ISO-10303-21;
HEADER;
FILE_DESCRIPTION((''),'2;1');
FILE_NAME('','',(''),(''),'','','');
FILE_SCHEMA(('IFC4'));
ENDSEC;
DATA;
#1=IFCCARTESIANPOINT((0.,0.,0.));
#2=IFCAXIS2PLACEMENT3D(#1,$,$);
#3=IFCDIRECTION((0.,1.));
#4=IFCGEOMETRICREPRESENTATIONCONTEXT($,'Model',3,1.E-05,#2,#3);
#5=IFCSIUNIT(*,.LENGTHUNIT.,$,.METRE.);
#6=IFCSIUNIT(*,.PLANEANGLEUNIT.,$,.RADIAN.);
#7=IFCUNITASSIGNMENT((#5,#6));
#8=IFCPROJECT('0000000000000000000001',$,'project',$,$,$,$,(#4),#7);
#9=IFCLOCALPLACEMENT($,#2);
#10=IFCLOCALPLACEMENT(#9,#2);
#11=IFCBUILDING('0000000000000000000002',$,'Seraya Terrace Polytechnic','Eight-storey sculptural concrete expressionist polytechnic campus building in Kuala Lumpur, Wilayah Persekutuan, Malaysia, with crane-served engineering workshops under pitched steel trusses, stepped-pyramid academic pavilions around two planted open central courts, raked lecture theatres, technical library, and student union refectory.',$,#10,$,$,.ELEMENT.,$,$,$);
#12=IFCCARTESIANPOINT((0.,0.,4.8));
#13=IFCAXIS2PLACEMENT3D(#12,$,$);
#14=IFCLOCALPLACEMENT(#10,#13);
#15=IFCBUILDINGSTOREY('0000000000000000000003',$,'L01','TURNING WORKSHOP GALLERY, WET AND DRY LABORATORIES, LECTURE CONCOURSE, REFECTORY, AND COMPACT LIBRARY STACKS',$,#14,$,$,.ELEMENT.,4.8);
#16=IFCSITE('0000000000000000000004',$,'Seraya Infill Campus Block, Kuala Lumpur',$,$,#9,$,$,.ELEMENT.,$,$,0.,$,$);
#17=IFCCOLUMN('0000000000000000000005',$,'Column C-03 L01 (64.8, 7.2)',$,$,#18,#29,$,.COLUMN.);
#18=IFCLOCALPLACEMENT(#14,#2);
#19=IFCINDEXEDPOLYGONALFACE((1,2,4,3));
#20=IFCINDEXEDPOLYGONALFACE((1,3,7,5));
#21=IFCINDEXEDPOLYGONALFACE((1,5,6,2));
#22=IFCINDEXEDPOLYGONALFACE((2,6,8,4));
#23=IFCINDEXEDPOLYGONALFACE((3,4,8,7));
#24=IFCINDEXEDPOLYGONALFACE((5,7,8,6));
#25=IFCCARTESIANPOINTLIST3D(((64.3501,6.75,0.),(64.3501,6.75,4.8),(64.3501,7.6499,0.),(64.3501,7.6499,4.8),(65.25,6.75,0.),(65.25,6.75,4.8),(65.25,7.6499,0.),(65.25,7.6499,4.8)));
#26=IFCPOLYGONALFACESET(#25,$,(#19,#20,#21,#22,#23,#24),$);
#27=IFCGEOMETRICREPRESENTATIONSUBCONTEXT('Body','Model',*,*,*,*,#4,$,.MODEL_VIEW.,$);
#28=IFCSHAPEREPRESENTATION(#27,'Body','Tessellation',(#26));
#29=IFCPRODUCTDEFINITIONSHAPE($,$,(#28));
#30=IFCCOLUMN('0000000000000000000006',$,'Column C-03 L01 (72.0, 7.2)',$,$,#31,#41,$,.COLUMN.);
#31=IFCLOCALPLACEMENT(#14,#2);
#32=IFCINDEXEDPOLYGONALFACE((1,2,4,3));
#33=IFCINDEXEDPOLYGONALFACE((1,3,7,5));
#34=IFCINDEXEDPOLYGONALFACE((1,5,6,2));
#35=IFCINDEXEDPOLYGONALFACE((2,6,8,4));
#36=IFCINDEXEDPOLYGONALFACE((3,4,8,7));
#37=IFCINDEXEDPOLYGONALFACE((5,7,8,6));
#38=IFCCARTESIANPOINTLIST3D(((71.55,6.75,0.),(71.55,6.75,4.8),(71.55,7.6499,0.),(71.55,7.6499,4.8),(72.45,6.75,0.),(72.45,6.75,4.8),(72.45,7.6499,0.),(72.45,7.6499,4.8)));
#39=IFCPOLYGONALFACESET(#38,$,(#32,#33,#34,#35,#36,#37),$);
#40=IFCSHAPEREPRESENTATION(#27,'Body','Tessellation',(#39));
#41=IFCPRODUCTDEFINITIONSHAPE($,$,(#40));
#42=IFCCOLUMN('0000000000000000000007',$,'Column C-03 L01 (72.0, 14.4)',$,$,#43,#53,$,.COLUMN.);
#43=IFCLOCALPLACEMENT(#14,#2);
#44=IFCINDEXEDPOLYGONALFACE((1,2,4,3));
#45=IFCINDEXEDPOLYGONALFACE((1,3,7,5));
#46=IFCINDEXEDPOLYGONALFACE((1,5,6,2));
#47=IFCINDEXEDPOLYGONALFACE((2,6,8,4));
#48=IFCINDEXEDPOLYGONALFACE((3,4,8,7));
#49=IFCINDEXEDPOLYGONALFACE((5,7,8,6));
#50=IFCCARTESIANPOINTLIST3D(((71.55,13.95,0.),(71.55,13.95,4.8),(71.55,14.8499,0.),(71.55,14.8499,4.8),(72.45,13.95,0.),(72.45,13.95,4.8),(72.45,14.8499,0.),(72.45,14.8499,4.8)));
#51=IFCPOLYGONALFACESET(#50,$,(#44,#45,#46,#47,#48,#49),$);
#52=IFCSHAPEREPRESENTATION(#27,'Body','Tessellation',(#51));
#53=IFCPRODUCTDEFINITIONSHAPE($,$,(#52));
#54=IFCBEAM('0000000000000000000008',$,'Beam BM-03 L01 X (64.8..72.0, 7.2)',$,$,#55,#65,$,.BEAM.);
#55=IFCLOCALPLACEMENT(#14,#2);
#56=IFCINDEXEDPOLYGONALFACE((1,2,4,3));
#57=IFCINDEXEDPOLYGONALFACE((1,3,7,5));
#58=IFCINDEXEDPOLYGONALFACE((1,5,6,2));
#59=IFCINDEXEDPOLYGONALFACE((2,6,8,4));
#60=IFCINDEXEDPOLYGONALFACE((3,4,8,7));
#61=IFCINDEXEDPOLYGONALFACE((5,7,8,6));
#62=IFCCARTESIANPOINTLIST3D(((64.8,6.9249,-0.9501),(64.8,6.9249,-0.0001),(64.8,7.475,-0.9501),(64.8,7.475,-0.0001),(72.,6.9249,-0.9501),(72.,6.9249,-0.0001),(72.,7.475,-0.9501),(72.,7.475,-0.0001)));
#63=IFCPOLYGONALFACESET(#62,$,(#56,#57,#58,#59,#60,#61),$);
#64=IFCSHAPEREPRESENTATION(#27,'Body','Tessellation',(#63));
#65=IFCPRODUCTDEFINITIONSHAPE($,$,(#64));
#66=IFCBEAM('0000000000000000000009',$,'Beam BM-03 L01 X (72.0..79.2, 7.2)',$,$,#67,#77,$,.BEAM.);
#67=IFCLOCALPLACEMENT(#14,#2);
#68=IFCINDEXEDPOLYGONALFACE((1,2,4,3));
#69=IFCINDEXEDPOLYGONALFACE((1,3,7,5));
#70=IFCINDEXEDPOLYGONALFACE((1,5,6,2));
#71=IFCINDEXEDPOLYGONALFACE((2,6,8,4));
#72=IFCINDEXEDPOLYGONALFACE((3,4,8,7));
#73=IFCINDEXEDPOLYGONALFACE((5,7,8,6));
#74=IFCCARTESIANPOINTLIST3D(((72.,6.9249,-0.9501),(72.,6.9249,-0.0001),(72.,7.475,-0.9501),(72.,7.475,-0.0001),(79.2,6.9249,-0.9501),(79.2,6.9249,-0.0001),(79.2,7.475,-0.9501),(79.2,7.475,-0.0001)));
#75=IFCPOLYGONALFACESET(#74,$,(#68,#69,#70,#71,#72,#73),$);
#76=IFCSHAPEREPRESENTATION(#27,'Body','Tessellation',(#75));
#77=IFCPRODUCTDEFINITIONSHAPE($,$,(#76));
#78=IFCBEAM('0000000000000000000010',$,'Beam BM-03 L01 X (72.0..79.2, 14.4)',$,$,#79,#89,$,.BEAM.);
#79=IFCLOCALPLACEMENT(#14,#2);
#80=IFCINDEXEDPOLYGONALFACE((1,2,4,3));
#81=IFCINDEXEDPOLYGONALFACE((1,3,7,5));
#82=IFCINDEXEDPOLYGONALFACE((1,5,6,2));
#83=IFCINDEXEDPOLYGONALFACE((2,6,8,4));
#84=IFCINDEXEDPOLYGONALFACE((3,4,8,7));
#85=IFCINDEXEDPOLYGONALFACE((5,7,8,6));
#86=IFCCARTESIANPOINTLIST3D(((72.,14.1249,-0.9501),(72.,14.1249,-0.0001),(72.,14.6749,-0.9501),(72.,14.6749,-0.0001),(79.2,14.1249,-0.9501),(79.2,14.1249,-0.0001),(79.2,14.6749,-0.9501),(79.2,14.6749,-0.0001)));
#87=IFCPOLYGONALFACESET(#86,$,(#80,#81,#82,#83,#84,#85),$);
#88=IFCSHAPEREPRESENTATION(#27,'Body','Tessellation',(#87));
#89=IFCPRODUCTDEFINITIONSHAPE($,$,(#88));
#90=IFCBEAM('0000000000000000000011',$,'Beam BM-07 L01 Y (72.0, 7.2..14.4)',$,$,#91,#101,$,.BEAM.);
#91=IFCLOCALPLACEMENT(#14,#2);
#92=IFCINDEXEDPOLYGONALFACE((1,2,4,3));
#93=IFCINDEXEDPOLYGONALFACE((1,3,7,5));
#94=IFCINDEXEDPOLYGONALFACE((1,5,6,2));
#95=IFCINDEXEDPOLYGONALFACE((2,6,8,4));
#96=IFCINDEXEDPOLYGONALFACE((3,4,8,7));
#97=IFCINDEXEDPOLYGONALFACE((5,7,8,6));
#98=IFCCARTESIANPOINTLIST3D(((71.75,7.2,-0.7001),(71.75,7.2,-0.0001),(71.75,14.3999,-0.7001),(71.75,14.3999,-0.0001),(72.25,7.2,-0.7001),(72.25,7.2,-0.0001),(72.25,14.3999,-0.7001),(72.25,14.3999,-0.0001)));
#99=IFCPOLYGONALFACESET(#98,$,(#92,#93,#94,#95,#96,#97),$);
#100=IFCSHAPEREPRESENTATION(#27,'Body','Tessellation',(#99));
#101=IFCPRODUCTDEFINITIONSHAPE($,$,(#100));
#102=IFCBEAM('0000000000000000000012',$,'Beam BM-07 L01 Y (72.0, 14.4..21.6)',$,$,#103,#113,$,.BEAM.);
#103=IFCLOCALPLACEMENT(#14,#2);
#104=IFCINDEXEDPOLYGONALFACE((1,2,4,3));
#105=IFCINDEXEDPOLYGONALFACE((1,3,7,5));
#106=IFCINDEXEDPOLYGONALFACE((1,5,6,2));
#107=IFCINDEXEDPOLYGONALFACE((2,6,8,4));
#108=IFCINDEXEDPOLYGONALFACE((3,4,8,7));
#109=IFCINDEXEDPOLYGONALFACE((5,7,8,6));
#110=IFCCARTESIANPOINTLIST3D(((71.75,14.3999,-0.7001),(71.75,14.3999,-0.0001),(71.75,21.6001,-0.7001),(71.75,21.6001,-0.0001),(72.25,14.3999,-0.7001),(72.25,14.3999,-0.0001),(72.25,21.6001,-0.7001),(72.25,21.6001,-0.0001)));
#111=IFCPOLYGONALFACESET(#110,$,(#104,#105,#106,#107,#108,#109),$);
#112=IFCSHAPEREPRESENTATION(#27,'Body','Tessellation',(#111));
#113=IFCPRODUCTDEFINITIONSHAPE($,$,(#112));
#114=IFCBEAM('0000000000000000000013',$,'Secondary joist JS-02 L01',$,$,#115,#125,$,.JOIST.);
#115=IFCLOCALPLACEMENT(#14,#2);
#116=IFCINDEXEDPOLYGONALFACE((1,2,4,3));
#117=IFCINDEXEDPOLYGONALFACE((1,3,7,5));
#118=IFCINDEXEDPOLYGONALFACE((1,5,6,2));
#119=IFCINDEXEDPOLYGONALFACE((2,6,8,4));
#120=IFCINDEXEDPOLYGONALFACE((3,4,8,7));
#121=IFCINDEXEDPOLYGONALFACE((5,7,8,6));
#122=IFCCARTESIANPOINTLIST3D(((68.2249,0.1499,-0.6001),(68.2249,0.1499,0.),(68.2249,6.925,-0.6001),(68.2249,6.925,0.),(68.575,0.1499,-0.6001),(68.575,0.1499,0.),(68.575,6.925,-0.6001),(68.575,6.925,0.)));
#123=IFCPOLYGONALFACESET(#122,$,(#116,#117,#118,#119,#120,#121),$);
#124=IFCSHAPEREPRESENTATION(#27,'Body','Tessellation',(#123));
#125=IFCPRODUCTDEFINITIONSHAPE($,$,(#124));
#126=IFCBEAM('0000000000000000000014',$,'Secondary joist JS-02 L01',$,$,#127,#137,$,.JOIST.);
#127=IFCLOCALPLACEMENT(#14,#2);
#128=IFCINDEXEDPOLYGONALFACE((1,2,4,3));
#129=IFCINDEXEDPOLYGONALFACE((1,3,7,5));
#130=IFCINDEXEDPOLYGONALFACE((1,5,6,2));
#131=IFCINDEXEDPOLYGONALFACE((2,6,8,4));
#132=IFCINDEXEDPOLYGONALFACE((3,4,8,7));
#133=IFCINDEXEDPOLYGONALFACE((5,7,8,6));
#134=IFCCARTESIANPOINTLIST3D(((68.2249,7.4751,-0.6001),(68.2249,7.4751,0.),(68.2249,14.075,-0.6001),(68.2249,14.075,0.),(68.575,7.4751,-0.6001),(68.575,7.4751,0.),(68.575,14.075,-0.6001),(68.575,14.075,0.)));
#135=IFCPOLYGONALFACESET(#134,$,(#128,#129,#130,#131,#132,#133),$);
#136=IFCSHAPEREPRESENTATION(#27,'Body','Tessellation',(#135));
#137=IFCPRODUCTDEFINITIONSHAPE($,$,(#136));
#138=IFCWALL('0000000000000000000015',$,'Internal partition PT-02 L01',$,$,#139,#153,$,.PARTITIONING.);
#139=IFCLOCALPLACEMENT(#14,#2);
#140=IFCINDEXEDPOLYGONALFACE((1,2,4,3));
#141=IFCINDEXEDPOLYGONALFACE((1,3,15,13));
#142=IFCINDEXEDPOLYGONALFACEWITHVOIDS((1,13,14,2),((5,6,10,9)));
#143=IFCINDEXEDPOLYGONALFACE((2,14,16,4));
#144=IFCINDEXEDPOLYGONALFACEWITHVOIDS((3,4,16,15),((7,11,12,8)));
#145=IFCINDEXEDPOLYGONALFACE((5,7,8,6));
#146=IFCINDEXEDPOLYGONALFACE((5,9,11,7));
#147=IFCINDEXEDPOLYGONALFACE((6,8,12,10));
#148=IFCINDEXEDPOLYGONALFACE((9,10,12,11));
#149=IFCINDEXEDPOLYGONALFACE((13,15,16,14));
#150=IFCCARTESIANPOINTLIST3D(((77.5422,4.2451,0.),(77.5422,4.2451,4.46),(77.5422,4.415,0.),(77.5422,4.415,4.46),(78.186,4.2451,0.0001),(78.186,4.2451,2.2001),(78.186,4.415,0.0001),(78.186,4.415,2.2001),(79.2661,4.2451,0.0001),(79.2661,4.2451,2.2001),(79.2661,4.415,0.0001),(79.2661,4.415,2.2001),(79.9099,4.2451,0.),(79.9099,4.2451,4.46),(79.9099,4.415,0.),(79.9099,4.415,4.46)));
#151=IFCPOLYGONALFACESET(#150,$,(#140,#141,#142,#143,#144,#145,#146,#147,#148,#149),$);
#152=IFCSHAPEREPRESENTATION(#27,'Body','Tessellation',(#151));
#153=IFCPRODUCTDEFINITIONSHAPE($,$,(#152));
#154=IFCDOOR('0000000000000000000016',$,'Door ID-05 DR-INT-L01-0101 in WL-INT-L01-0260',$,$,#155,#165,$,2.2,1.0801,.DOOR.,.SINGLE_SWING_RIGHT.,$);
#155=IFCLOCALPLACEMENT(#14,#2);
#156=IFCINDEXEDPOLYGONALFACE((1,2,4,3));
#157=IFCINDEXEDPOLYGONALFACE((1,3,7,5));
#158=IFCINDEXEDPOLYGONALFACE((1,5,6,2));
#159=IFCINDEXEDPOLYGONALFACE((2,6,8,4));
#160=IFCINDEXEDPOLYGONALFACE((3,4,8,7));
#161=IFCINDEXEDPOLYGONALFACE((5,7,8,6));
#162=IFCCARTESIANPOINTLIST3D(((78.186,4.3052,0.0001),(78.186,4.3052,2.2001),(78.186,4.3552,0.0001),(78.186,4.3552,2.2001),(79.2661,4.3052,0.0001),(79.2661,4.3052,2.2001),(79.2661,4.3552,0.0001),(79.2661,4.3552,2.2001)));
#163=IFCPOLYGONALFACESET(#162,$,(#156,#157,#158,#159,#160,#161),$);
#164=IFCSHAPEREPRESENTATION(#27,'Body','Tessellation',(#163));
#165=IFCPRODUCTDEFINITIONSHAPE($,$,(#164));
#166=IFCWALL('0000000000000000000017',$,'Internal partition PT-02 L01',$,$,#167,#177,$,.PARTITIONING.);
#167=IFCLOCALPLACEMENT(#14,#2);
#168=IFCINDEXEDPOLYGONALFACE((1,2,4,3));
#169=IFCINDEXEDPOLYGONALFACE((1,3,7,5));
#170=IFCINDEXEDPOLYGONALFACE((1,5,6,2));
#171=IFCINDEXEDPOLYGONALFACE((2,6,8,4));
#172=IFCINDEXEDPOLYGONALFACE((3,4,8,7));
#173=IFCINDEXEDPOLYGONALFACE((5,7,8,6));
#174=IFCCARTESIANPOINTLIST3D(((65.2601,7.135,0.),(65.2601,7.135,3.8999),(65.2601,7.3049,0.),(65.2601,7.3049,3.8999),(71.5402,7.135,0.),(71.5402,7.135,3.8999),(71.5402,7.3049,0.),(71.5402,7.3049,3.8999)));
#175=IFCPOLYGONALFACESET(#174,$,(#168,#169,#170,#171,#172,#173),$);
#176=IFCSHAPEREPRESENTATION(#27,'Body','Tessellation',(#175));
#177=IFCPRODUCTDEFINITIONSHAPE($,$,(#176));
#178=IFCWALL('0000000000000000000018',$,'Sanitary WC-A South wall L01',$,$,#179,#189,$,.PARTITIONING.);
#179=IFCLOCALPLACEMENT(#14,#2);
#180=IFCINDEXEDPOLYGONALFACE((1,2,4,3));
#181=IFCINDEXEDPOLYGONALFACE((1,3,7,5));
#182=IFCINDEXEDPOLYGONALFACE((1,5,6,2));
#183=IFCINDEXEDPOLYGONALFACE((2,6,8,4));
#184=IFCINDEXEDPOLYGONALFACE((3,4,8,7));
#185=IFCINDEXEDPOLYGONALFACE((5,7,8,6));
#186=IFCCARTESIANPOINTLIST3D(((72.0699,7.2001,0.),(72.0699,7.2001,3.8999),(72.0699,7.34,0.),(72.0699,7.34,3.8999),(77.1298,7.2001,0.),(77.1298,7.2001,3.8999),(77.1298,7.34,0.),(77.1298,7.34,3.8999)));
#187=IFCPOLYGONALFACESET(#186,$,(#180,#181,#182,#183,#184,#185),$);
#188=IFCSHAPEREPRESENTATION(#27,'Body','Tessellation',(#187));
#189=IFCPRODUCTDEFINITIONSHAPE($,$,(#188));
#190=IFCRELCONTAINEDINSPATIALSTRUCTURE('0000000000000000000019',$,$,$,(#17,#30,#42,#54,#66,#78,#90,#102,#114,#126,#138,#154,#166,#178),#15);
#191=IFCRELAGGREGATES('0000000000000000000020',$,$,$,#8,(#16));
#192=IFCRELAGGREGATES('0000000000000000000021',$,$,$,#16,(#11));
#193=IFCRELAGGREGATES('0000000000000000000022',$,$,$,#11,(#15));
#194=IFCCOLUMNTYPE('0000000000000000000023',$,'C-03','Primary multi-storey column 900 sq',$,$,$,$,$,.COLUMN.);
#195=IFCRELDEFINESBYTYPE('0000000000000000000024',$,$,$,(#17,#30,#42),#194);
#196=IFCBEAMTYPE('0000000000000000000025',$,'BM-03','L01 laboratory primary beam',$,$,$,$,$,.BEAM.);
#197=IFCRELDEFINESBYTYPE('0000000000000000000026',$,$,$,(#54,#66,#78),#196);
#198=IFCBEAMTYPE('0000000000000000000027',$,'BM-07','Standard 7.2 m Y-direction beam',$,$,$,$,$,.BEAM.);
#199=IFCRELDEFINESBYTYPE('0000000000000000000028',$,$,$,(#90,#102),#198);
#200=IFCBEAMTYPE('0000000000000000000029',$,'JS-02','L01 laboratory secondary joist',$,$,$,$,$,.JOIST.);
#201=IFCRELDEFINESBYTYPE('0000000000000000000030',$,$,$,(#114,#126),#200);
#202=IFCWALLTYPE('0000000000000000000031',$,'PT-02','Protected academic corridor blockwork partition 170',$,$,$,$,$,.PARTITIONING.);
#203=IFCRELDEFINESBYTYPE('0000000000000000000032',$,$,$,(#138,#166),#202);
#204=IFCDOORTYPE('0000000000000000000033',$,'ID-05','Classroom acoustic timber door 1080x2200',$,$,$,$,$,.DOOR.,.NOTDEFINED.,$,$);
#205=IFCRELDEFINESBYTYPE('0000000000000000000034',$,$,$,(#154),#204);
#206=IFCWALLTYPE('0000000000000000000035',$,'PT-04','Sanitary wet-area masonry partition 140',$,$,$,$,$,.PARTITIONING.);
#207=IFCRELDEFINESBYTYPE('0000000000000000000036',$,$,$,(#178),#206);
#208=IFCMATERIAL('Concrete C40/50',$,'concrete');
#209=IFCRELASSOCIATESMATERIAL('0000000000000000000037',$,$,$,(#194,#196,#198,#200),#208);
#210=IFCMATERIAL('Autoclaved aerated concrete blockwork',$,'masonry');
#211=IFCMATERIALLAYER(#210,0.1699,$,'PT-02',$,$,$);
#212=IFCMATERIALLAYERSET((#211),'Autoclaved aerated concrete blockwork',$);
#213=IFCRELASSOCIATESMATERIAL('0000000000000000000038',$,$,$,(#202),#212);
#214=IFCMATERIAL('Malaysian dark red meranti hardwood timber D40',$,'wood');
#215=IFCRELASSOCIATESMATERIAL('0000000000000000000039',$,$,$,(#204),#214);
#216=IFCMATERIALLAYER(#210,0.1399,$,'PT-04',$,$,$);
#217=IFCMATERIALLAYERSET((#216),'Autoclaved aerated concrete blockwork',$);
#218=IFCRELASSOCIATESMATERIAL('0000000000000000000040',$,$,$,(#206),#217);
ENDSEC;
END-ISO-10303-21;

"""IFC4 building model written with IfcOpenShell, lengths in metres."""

from ifc_helpers import new_model, si_unit, direction, frame, frame_2d, origin, origin_2d, place, context, subcontext, project, spatial, rectangle, extrude, material, layer, layer_set, material_profile, profile_set, type_object, element, fill, save


model = new_model("IFC4")

# Units and contexts
model_context = context("Model", 3, precision=1e-05, world=origin(), true_north=direction((0.0, 1.0)))
body_context = subcontext(model_context, "Body", "Model", "MODEL_VIEW")
ifc_project = project(units=[si_unit("LENGTHUNIT", "METRE"), si_unit("PLANEANGLEUNIT", "RADIAN")], contexts=[model_context])

# Site, building, storey
site_placement = place(None, origin())
site = spatial("IfcSite", under=ifc_project, at=site_placement, Name="Seraya Infill Campus Block, Kuala Lumpur", CompositionType="ELEMENT", RefElevation=0.0)
building_placement = place(site_placement, origin())
building = spatial("IfcBuilding", under=site, at=building_placement, Name="Seraya Terrace Polytechnic", Description="Eight-storey sculptural concrete expressionist polytechnic campus building in Kuala Lumpur, Wilayah Persekutuan, Malaysia, with crane-served engineering workshops under pitched steel trusses, stepped-pyramid academic pavilions around two planted open central courts, raked lecture theatres, technical library, and student union refectory.", CompositionType="ELEMENT")
storey_placement = place(building_placement, frame((0.0, 0.0, 4.8)))
storey = spatial("IfcBuildingStorey", under=building, at=storey_placement, Name="L01", Description="TURNING WORKSHOP GALLERY, WET AND DRY LABORATORIES, LECTURE CONCOURSE, REFECTORY, AND COMPACT LIBRARY STACKS", CompositionType="ELEMENT", Elevation=4.8)

# Columns
ifc_material_1 = material(Name="Concrete C40/50", Category="concrete")
ifc_material_profile_1 = material_profile(ifc_material_1, rectangle(XDim=0.8999, YDim=0.8999, at=origin_2d()), Name="RC 900x900")
ifc_profile_set_1 = profile_set([ifc_material_profile_1], Name="Concrete C40/50")
column_type = type_object("IfcColumnType", Name="C-03", Description="Primary multi-storey column 900 sq", PredefinedType="COLUMN", material=ifc_profile_set_1)
for number, where, z_axis, x_axis, name in (
    (1, (64.8, 7.2, 0.0), (0.0, 0.0, 1.0), (1.0, 0.0, 0.0), "Column C-03 L01 (64.8, 7.2)"),
    (2, (72.0, 7.2, 0.0), (0.0, 0.0, 1.0), (1.0, 0.0, 0.0), "Column C-03 L01 (72.0, 7.2)"),
    (3, (72.0, 14.3999, 0.0), (0.0, 0.0, 1.0), (1.0, 0.0, 0.0), "Column C-03 L01 (72.0, 14.4)"),
):
    element("IfcColumn", number, at=place(storey_placement, frame(where, z_axis=z_axis, x_axis=x_axis)), inside=storey, type_object=column_type, Name=name, PredefinedType="COLUMN", context=body_context, shape_type="SweptSolid", body=[
        extrude(rectangle(XDim=0.8999, YDim=0.8999, at=origin_2d()), origin(), (0.0, 0.0, 1.0), 4.8),
    ])

# Beams
ifc_material_profile_2 = material_profile(ifc_material_1, rectangle(XDim=0.55, YDim=0.95, at=origin_2d()), Name="RC 550x950")
ifc_profile_set_2 = profile_set([ifc_material_profile_2], Name="Concrete C40/50")
beam_type_1 = type_object("IfcBeamType", Name="BM-03", Description="L01 laboratory primary beam", PredefinedType="BEAM", material=ifc_profile_set_2)
for number, where, z_axis, x_axis, name in (
    (4, (64.8, 7.2, -0.4751), (1.0, 0.0, 0.0), (0.0, 1.0, 0.0), "Beam BM-03 L01 X (64.8..72.0, 7.2)"),
    (5, (72.0, 7.2, -0.4751), (1.0, 0.0, 0.0), (0.0, 1.0, 0.0), "Beam BM-03 L01 X (72.0..79.2, 7.2)"),
    (6, (72.0, 14.3999, -0.4751), (1.0, 0.0, 0.0), (0.0, 1.0, 0.0), "Beam BM-03 L01 X (72.0..79.2, 14.4)"),
):
    element("IfcBeam", number, at=place(storey_placement, frame(where, z_axis=z_axis, x_axis=x_axis)), inside=storey, type_object=beam_type_1, Name=name, PredefinedType="BEAM", context=body_context, shape_type="SweptSolid", body=[
        extrude(rectangle(XDim=0.55, YDim=0.95, at=origin_2d()), origin(), (0.0, 0.0, 1.0), 7.2),
    ])
ifc_material_profile_3 = material_profile(ifc_material_1, rectangle(XDim=0.5, YDim=0.7, at=origin_2d()), Name="RC 500x700")
ifc_profile_set_3 = profile_set([ifc_material_profile_3], Name="Concrete C40/50")
beam_type_2 = type_object("IfcBeamType", Name="BM-07", Description="Standard 7.2 m Y-direction beam", PredefinedType="BEAM", material=ifc_profile_set_3)
beam_1_placement = place(storey_placement, frame((72.0, 7.2, -0.3501), z_axis=(0.0, 1.0, 0.0), x_axis=(-1.0, 0.0, 0.0)))
element("IfcBeam", 7, at=beam_1_placement, inside=storey, type_object=beam_type_2, Name="Beam BM-07 L01 Y (72.0, 7.2..14.4)", PredefinedType="BEAM", context=body_context, shape_type="SweptSolid", body=[
    extrude(rectangle(XDim=0.5, YDim=0.7, at=origin_2d()), origin(), (0.0, 0.0, 1.0), 7.2),
])
beam_2_placement = place(storey_placement, frame((72.0, 14.3999, -0.3501), z_axis=(0.0, 1.0, 0.0), x_axis=(-1.0, 0.0, 0.0)))
element("IfcBeam", 8, at=beam_2_placement, inside=storey, type_object=beam_type_2, Name="Beam BM-07 L01 Y (72.0, 14.4..21.6)", PredefinedType="BEAM", context=body_context, shape_type="SweptSolid", body=[
    extrude(rectangle(XDim=0.5, YDim=0.7, at=origin_2d()), origin(), (0.0, 0.0, 1.0), 7.2002),
])
ifc_material_profile_4 = material_profile(ifc_material_1, rectangle(XDim=0.3501, YDim=0.6001, at=origin_2d()), Name="RC 350x600")
ifc_profile_set_4 = profile_set([ifc_material_profile_4], Name="Concrete C40/50")
beam_type_3 = type_object("IfcBeamType", Name="JS-02", Description="L01 laboratory secondary joist", PredefinedType="JOIST", material=ifc_profile_set_4)
beam_3_placement = place(storey_placement, frame((68.3999, 0.1499, -0.3), z_axis=(0.0, 1.0, 0.0), x_axis=(-1.0, 0.0, 0.0)))
element("IfcBeam", 9, at=beam_3_placement, inside=storey, type_object=beam_type_3, Name="Secondary joist JS-02 L01", PredefinedType="JOIST", context=body_context, shape_type="SweptSolid", body=[
    extrude(rectangle(XDim=0.3501, YDim=0.6001, at=origin_2d()), origin(), (0.0, 0.0, 1.0), 6.7751),
])
beam_4_placement = place(storey_placement, frame((68.3999, 7.4751, -0.3), z_axis=(0.0, 1.0, 0.0), x_axis=(-1.0, 0.0, 0.0)))
element("IfcBeam", 10, at=beam_4_placement, inside=storey, type_object=beam_type_3, Name="Secondary joist JS-02 L01", PredefinedType="JOIST", context=body_context, shape_type="SweptSolid", body=[
    extrude(rectangle(XDim=0.3501, YDim=0.6001, at=origin_2d()), origin(), (0.0, 0.0, 1.0), 6.5999),
])

# Wall, opening, door
ifc_material_2 = material(Name="Autoclaved aerated concrete blockwork", Category="masonry")
ifc_layer_1 = layer(ifc_material_2, 0.1699, Name="PT-02")
ifc_layer_set_1 = layer_set([ifc_layer_1], Name="Autoclaved aerated concrete blockwork")
wall_type_1 = type_object("IfcWallType", Name="PT-02", Description="Protected academic corridor blockwork partition 170", PredefinedType="PARTITIONING", material=ifc_layer_set_1)
wall_1_placement = place(storey_placement, frame((77.5422, 4.3301, 0.0), z_axis=(0.0, 0.0, 1.0), x_axis=(1.0, 0.0, 0.0)))
wall_1 = element("IfcWall", 11, at=wall_1_placement, inside=storey, type_object=wall_type_1, Name="Internal partition PT-02 L01", PredefinedType="PARTITIONING", context=body_context, shape_type="SweptSolid", body=[
    extrude(rectangle(XDim=2.3677, YDim=0.1699, at=frame_2d((1.1838, 0.0))), origin(), (0.0, 0.0, 1.0), 4.46),
])
opening_1_placement = place(wall_1_placement, frame((0.6438, 0.0, 0.0)))
opening_1 = element("IfcOpeningElement", 12, at=opening_1_placement, cuts=wall_1, PredefinedType="OPENING", context=body_context, shape_type="SweptSolid", body=[
    extrude(rectangle(XDim=1.0801, YDim=2.2, at=frame_2d((0.54, 1.1001))), frame((0.0, 0.0969, 0.0), z_axis=(0.0, -1.0, 0.0), x_axis=(1.0, 0.0, 0.0)), (0.0, 0.0, 1.0), 0.1938),
])
ifc_material_3 = material(Name="Malaysian dark red meranti hardwood timber D40", Category="wood")
door_type_1 = type_object("IfcDoorType", Name="ID-05", Description="Classroom acoustic timber door 1080x2200", OperationType="NOTDEFINED", PredefinedType="DOOR", material=ifc_material_3)
door_1_placement = place(opening_1_placement, frame((1.0801, 0.0, 0.0), z_axis=(0.0, 0.0, 1.0), x_axis=(-1.0, 0.0, 0.0)))
door_1 = element("IfcDoor", 13, at=door_1_placement, inside=storey, type_object=door_type_1, Name="Door ID-05 DR-INT-L01-0101 in WL-INT-L01-0260", OperationType="SINGLE_SWING_RIGHT", OverallHeight=2.2, OverallWidth=1.0801, PredefinedType="DOOR", context=body_context, shape_type="SweptSolid", body=[
    extrude(rectangle(XDim=1.0801, YDim=2.2, at=frame_2d((0.54, 1.1001))), frame((0.0, 0.0249, 0.0), z_axis=(0.0, -1.0, 0.0), x_axis=(1.0, 0.0, 0.0)), (0.0, 0.0, 1.0), 0.05),
])
fill(opening_1, door_1)

# Walls
wall_2_placement = place(storey_placement, frame((65.26, 7.22, 0.0), z_axis=(0.0, 0.0, 1.0), x_axis=(1.0, 0.0, 0.0)))
element("IfcWall", 14, at=wall_2_placement, inside=storey, type_object=wall_type_1, Name="Internal partition PT-02 L01", PredefinedType="PARTITIONING", context=body_context, shape_type="SweptSolid", body=[
    extrude(rectangle(XDim=6.28, YDim=0.1699, at=frame_2d((3.1401, 0.0))), origin(), (0.0, 0.0, 1.0), 3.8999),
])
ifc_layer_2 = layer(ifc_material_2, 0.1399, Name="PT-04")
ifc_layer_set_2 = layer_set([ifc_layer_2], Name="Autoclaved aerated concrete blockwork")
wall_type_2 = type_object("IfcWallType", Name="PT-04", Description="Sanitary wet-area masonry partition 140", PredefinedType="PARTITIONING", material=ifc_layer_set_2)
wall_3_placement = place(storey_placement, frame((72.0701, 7.27, 0.0), z_axis=(0.0, 0.0, 1.0), x_axis=(1.0, 0.0, 0.0)))
element("IfcWall", 15, at=wall_3_placement, inside=storey, type_object=wall_type_2, Name="Sanitary WC-A South wall L01", PredefinedType="PARTITIONING", context=body_context, shape_type="SweptSolid", body=[
    extrude(rectangle(XDim=5.0598, YDim=0.1399, at=frame_2d((2.5298, 0.0))), origin(), (0.0, 0.0, 1.0), 3.8999),
])

save(model, "model.ifc")
